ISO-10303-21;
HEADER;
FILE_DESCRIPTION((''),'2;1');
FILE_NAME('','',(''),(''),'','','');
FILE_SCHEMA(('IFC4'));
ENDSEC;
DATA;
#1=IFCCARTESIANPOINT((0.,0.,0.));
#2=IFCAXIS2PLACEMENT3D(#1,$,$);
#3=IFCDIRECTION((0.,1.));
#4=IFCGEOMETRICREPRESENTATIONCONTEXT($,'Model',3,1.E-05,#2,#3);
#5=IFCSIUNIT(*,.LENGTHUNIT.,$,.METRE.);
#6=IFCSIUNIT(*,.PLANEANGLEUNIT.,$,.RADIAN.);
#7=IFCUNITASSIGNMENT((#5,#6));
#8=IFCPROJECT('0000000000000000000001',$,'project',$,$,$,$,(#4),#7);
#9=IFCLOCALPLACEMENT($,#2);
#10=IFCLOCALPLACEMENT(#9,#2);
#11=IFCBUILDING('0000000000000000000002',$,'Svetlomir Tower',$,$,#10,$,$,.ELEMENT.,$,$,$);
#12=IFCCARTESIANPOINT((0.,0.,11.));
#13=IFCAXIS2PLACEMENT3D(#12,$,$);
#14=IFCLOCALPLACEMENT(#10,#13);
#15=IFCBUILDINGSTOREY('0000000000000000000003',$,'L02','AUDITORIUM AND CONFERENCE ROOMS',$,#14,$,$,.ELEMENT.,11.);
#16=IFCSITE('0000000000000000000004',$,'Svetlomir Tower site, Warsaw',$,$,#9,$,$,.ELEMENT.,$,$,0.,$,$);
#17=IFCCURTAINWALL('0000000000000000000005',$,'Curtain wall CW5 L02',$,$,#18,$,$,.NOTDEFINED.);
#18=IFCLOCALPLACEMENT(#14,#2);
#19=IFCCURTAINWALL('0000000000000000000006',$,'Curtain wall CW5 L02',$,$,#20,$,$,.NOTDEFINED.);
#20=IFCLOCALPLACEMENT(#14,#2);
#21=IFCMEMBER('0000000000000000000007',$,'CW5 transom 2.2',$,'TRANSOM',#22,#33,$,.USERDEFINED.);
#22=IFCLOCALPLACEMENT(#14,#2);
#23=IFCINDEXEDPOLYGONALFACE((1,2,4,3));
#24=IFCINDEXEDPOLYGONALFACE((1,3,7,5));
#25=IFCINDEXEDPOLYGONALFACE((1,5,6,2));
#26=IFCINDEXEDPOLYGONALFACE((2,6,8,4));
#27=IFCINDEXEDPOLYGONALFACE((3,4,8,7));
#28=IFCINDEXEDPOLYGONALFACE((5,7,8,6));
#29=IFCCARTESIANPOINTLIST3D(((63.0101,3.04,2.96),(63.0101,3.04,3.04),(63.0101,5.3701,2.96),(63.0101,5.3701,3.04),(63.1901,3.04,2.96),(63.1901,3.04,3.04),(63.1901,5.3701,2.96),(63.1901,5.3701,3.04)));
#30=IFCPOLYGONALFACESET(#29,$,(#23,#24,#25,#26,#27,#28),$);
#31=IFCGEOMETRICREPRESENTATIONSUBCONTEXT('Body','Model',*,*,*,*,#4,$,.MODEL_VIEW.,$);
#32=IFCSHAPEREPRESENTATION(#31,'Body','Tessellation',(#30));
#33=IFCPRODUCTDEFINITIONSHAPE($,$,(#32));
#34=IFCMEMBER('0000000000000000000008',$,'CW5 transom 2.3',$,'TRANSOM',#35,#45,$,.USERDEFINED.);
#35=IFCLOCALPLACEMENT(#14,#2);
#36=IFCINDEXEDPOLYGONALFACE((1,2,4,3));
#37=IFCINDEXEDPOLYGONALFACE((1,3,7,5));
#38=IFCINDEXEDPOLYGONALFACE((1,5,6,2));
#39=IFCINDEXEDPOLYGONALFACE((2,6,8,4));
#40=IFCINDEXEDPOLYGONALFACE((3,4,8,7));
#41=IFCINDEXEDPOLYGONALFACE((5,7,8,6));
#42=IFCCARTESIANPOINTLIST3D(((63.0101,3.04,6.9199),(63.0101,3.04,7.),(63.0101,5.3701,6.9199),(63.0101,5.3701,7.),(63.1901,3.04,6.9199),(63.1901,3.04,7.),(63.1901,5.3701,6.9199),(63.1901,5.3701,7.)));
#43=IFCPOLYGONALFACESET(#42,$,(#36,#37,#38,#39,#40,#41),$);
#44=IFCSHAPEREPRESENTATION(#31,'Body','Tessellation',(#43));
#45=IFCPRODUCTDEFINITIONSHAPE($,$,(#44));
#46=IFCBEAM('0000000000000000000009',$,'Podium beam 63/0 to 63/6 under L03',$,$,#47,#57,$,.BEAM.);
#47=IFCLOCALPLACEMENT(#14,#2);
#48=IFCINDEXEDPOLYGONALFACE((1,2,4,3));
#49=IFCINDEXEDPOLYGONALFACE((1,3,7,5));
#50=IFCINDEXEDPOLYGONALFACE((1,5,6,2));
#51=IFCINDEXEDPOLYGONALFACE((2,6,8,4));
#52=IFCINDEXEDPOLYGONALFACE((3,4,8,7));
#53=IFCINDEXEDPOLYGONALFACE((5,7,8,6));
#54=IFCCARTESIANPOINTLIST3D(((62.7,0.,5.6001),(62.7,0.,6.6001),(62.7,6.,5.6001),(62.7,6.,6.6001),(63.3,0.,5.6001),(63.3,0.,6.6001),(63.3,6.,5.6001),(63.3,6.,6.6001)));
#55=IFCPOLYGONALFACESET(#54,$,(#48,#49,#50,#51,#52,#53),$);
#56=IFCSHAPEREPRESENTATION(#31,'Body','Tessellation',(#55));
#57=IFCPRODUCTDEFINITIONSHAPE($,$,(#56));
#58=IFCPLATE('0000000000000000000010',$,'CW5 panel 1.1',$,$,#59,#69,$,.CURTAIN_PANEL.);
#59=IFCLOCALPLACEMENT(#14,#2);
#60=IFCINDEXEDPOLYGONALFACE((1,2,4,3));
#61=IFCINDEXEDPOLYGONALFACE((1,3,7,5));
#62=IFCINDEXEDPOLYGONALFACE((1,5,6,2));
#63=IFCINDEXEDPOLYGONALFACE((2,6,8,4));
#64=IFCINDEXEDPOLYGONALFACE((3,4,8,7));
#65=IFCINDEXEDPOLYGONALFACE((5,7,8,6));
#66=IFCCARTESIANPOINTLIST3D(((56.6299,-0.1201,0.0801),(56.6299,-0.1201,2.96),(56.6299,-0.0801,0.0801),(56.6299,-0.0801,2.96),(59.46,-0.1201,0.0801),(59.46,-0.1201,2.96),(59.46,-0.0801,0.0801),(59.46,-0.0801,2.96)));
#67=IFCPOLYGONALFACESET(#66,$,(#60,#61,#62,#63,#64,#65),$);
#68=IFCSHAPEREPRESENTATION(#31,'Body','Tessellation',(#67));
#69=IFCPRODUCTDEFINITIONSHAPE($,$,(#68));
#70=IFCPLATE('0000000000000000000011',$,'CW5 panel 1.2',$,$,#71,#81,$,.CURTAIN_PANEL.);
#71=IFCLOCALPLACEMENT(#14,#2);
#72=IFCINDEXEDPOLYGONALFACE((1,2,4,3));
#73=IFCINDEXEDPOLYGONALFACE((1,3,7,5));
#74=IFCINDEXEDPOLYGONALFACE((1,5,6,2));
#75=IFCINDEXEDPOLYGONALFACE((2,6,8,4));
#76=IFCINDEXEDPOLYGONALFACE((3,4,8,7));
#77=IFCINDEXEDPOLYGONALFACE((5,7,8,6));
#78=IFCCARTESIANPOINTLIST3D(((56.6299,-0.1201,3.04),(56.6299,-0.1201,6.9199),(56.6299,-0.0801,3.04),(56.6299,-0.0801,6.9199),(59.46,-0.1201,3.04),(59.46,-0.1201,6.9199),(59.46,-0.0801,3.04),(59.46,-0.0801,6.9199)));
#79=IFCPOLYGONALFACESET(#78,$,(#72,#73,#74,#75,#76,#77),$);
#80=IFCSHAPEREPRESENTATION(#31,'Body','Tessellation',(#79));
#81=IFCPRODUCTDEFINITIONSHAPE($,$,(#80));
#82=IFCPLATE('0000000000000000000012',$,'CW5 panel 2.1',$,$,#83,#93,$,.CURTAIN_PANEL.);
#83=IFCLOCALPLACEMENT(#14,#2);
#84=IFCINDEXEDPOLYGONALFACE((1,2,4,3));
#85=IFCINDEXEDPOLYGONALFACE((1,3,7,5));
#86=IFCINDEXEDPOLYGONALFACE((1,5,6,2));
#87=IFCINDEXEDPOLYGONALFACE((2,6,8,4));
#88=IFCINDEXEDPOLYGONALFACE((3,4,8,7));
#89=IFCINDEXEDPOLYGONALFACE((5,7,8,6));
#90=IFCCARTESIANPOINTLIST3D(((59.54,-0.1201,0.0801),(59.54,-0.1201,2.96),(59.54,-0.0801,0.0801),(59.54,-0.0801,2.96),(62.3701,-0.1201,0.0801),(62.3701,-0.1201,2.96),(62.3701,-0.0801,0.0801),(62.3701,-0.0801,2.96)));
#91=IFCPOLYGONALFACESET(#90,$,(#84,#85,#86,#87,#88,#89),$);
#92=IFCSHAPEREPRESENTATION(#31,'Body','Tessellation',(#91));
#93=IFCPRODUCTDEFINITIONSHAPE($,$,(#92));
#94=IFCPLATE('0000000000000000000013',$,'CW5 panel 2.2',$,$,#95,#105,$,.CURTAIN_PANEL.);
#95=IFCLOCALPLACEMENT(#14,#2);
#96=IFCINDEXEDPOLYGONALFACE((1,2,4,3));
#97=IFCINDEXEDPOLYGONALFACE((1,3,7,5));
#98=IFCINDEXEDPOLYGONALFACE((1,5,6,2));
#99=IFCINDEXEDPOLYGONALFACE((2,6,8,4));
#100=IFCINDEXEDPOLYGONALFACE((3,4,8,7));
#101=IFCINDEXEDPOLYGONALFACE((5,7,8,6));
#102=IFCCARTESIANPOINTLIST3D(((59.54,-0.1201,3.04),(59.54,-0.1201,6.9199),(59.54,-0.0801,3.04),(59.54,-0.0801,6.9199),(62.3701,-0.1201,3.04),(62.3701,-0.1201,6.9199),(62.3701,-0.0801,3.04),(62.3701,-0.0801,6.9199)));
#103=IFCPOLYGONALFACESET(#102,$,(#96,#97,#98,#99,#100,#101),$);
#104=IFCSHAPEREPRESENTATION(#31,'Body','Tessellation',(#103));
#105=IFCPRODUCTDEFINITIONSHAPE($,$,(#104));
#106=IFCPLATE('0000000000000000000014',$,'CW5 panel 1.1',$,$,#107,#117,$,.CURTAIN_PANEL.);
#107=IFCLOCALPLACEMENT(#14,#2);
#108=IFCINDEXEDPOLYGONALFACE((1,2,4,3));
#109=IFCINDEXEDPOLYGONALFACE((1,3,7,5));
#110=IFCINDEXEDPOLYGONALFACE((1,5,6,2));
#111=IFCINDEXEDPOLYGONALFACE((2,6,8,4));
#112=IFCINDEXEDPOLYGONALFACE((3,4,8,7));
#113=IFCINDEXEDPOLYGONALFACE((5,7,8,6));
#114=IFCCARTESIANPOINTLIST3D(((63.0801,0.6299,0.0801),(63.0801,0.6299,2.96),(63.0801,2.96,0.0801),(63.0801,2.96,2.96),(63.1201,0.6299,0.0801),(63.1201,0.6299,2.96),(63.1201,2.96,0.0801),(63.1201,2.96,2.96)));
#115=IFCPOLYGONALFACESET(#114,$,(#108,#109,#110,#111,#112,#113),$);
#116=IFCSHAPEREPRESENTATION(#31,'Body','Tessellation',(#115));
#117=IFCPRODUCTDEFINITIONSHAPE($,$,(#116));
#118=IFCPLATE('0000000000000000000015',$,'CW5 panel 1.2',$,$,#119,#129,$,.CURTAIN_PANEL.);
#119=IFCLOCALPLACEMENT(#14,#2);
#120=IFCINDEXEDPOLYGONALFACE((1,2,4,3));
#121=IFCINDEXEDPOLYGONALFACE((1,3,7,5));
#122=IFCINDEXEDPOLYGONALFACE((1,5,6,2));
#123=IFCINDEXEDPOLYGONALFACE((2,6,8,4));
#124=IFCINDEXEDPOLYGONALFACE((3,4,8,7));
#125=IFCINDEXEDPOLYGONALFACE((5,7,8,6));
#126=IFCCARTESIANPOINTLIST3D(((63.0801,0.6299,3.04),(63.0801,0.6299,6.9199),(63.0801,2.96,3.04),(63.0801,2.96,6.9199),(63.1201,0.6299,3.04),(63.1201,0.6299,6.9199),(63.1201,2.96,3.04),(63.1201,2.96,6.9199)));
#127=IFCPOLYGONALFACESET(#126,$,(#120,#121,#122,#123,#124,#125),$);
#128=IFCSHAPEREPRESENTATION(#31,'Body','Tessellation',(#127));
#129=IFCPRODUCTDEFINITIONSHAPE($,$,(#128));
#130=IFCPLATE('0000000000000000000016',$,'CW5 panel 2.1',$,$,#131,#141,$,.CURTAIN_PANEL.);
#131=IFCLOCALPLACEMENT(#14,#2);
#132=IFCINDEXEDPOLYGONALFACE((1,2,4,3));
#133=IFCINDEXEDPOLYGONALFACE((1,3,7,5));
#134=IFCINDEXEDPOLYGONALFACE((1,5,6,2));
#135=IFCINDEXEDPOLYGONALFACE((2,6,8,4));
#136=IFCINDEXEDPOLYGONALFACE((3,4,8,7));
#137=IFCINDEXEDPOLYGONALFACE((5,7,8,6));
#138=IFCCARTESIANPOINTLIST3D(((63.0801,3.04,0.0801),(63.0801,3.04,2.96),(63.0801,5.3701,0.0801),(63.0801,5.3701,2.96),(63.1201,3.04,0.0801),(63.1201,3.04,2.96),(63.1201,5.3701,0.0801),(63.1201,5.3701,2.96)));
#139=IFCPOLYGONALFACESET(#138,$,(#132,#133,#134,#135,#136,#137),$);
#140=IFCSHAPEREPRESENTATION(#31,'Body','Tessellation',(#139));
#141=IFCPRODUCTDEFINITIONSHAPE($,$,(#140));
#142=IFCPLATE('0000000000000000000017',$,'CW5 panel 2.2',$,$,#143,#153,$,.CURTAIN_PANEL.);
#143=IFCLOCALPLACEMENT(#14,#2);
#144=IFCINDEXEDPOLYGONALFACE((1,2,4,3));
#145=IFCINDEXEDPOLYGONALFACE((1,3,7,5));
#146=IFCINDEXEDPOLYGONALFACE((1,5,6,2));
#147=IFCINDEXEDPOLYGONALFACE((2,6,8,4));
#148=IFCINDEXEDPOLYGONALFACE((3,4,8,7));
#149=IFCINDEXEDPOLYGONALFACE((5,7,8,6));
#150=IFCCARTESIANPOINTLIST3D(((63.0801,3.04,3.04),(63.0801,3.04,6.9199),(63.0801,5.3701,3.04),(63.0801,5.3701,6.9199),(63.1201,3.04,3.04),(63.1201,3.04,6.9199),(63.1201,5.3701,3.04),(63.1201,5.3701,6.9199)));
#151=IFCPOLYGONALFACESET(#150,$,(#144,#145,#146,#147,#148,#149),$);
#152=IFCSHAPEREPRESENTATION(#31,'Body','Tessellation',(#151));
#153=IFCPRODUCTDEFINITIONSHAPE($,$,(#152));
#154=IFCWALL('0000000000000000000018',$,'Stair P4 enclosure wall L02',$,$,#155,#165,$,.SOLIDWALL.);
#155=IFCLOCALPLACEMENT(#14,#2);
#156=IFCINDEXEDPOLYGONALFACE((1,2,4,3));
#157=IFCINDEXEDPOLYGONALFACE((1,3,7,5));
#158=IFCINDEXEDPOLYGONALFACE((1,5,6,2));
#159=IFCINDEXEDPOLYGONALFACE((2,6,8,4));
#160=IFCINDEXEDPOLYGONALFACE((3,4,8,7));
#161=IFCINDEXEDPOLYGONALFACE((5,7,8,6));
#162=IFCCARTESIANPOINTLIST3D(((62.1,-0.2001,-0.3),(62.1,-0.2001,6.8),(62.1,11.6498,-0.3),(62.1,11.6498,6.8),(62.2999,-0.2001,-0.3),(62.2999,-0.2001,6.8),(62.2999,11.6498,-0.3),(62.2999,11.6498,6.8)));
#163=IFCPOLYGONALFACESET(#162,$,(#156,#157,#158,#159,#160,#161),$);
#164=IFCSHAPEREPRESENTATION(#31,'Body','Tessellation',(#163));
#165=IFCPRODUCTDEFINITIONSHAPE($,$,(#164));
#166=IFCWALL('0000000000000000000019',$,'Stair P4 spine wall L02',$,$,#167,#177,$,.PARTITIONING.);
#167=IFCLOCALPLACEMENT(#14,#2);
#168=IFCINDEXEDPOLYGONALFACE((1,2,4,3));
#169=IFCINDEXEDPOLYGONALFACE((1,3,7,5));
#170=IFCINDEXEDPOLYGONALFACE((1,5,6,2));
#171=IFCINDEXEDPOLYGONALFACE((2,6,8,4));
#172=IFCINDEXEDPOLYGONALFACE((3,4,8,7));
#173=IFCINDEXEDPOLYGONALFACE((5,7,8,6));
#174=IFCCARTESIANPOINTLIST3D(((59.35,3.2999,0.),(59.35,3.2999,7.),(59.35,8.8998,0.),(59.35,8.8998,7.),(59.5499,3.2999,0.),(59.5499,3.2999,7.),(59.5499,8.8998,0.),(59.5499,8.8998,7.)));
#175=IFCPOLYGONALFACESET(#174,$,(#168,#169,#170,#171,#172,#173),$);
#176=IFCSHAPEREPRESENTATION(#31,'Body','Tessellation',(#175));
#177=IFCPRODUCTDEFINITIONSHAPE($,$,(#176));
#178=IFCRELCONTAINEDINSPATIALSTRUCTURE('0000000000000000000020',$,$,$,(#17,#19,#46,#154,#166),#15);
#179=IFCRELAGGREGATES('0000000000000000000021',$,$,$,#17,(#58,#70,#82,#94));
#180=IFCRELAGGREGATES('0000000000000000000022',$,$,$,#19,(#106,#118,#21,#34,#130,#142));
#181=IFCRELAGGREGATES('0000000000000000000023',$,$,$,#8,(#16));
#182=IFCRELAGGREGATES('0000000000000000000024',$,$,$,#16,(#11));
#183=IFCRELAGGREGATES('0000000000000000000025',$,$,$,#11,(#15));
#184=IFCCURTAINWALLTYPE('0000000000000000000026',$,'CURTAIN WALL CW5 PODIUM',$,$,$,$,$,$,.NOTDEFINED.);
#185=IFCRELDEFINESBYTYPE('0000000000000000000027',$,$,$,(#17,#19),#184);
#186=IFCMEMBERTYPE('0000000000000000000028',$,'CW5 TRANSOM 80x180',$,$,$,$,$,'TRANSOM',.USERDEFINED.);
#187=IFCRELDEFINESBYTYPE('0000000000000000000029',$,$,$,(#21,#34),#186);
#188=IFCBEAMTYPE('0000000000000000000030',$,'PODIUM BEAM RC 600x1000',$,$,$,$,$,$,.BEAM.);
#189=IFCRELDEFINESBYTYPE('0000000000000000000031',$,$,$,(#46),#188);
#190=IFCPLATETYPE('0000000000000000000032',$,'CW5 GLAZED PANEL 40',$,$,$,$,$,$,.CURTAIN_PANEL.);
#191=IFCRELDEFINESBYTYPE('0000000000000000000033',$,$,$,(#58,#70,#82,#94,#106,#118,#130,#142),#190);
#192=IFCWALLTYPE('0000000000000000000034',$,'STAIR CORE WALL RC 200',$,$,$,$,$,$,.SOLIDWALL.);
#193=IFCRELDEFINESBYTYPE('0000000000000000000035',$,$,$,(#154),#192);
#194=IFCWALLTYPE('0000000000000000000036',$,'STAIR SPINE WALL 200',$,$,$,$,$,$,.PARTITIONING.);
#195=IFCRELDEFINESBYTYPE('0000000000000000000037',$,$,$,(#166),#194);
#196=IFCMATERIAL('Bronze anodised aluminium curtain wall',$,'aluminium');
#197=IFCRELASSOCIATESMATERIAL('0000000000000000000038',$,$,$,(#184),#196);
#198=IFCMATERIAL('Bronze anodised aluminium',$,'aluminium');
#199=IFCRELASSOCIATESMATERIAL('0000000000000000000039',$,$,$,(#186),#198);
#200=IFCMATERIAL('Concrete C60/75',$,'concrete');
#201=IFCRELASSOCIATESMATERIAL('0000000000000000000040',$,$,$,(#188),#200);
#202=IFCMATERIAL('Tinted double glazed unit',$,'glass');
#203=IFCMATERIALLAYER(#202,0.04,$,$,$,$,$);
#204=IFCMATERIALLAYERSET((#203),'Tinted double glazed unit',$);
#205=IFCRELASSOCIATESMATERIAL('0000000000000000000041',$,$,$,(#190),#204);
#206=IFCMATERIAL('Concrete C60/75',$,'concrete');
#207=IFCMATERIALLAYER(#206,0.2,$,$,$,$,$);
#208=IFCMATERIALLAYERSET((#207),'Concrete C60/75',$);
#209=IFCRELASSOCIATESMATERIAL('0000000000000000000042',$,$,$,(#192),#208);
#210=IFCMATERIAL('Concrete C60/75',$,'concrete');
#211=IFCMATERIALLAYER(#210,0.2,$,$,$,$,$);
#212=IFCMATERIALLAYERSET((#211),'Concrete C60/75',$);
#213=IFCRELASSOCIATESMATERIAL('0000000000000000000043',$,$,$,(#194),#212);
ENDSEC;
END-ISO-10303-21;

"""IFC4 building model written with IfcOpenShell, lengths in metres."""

from ifc_helpers import new_model, si_unit, direction, frame, frame_2d, origin, origin_2d, place, context, subcontext, project, spatial, rectangle, extrude, material, layer, layer_set, material_profile, profile_set, type_object, element, aggregate, save


model = new_model("IFC4")

# Units and contexts
model_context = context("Model", 3, precision=1e-05, world=origin(), true_north=direction((0.0, 1.0)))
body_context = subcontext(model_context, "Body", "Model", "MODEL_VIEW")
ifc_project = project(units=[si_unit("LENGTHUNIT", "METRE"), si_unit("PLANEANGLEUNIT", "RADIAN")], contexts=[model_context])

# Site, building, storey
site_placement = place(None, origin())
site = spatial("IfcSite", under=ifc_project, at=site_placement, Name="Svetlomir Tower site, Warsaw", CompositionType="ELEMENT", RefElevation=0.0)
building_placement = place(site_placement, origin())
building = spatial("IfcBuilding", under=site, at=building_placement, Name="Svetlomir Tower", CompositionType="ELEMENT")
storey_placement = place(building_placement, frame((0.0, 0.0, 11.0)))
storey = spatial("IfcBuildingStorey", under=building, at=storey_placement, Name="L02", Description="AUDITORIUM AND CONFERENCE ROOMS", CompositionType="ELEMENT", Elevation=11.0)

# Curtain walls
ifc_material_1 = material(Name="Bronze anodised aluminium curtain wall", Category="aluminium")
curtain_wall_type = type_object("IfcCurtainWallType", Name="CURTAIN WALL CW5 PODIUM", PredefinedType="NOTDEFINED", material=ifc_material_1)
curtain_wall_1_placement = place(storey_placement, origin())
curtain_wall_1 = element("IfcCurtainWall", 1, at=curtain_wall_1_placement, inside=storey, type_object=curtain_wall_type, Name="Curtain wall CW5 L02", PredefinedType="NOTDEFINED")
curtain_wall_2_placement = place(storey_placement, origin())
curtain_wall_2 = element("IfcCurtainWall", 2, at=curtain_wall_2_placement, inside=storey, type_object=curtain_wall_type, Name="Curtain wall CW5 L02", PredefinedType="NOTDEFINED")

# Members
ifc_material_2 = material(Name="Bronze anodised aluminium", Category="aluminium")
ifc_material_profile_1 = material_profile(ifc_material_2, rectangle(XDim=0.1799, YDim=0.0801, at=origin_2d()), Name="AL 180x80")
ifc_profile_set_1 = profile_set([ifc_material_profile_1], Name="Bronze anodised aluminium 6063-T6")
member_type_1 = type_object("IfcMemberType", Name="CW5 TRANSOM 80x180", ElementType="TRANSOM", PredefinedType="USERDEFINED", material=ifc_profile_set_1)
member_1_placement = place(storey_placement, frame((63.1001, 3.04, 3.0), z_axis=(0.0, 1.0, 0.0), x_axis=(-1.0, 0.0, 0.0)))
member_1 = element("IfcMember", 3, at=member_1_placement, type_object=member_type_1, Name="CW5 transom 2.2", ObjectType="TRANSOM", PredefinedType="USERDEFINED", context=body_context, shape_type="SweptSolid", body=[
    extrude(rectangle(XDim=0.1799, YDim=0.0801, at=origin_2d()), origin(), (0.0, 0.0, 1.0), 2.3301),
])
member_2_placement = place(storey_placement, frame((63.1001, 3.04, 6.96), z_axis=(0.0, 1.0, 0.0), x_axis=(-1.0, 0.0, 0.0)))
member_2 = element("IfcMember", 4, at=member_2_placement, type_object=member_type_1, Name="CW5 transom 2.3", ObjectType="TRANSOM", PredefinedType="USERDEFINED", context=body_context, shape_type="SweptSolid", body=[
    extrude(rectangle(XDim=0.1799, YDim=0.0801, at=origin_2d()), origin(), (0.0, 0.0, 1.0), 2.3301),
])

# Beam
ifc_material_3 = material(Name="Concrete C60/75", Category="concrete")
ifc_material_profile_2 = material_profile(ifc_material_3, rectangle(XDim=0.6001, YDim=1.0, at=origin_2d()), Name="RC 600x1000")
ifc_profile_set_2 = profile_set([ifc_material_profile_2], Name="Concrete C60/75")
beam_type = type_object("IfcBeamType", Name="PODIUM BEAM RC 600x1000", PredefinedType="BEAM", material=ifc_profile_set_2)
beam_placement = place(storey_placement, frame((63.0, 0.0, 6.1001), z_axis=(0.0, 1.0, 0.0), x_axis=(-1.0, 0.0, 0.0)))
element("IfcBeam", 5, at=beam_placement, inside=storey, type_object=beam_type, Name="Podium beam 63/0 to 63/6 under L03", PredefinedType="BEAM", context=body_context, shape_type="SweptSolid", body=[
    extrude(rectangle(XDim=0.6001, YDim=1.0, at=origin_2d()), origin(), (0.0, 0.0, 1.0), 6.0),
])

# Plates
ifc_material_4 = material(Name="Tinted double glazed unit", Category="glass")
ifc_layer_1 = layer(ifc_material_4, 0.04)
ifc_layer_set_1 = layer_set([ifc_layer_1], Name="Tinted double glazed unit")
plate_type = type_object("IfcPlateType", Name="CW5 GLAZED PANEL 40", PredefinedType="CURTAIN_PANEL", material=ifc_layer_set_1)
plate_1_placement = place(storey_placement, frame((58.0449, -0.1001, 0.0801), z_axis=(0.0, 0.0, 1.0), x_axis=(1.0, 0.0, 0.0)))
plate_1 = element("IfcPlate", 6, at=plate_1_placement, type_object=plate_type, Name="CW5 panel 1.1", PredefinedType="CURTAIN_PANEL", context=body_context, shape_type="SweptSolid", body=[
    extrude(rectangle(XDim=2.8301, YDim=0.04, at=origin_2d()), origin(), (0.0, 0.0, 1.0), 2.8799),
])
plate_2_placement = place(storey_placement, frame((58.0449, -0.1001, 3.04), z_axis=(0.0, 0.0, 1.0), x_axis=(1.0, 0.0, 0.0)))
plate_2 = element("IfcPlate", 7, at=plate_2_placement, type_object=plate_type, Name="CW5 panel 1.2", PredefinedType="CURTAIN_PANEL", context=body_context, shape_type="SweptSolid", body=[
    extrude(rectangle(XDim=2.8301, YDim=0.04, at=origin_2d()), origin(), (0.0, 0.0, 1.0), 3.8799),
])
plate_3_placement = place(storey_placement, frame((60.9551, -0.1001, 0.0801), z_axis=(0.0, 0.0, 1.0), x_axis=(1.0, 0.0, 0.0)))
plate_3 = element("IfcPlate", 8, at=plate_3_placement, type_object=plate_type, Name="CW5 panel 2.1", PredefinedType="CURTAIN_PANEL", context=body_context, shape_type="SweptSolid", body=[
    extrude(rectangle(XDim=2.8301, YDim=0.04, at=origin_2d()), origin(), (0.0, 0.0, 1.0), 2.8799),
])
plate_4_placement = place(storey_placement, frame((60.9551, -0.1001, 3.04), z_axis=(0.0, 0.0, 1.0), x_axis=(1.0, 0.0, 0.0)))
plate_4 = element("IfcPlate", 9, at=plate_4_placement, type_object=plate_type, Name="CW5 panel 2.2", PredefinedType="CURTAIN_PANEL", context=body_context, shape_type="SweptSolid", body=[
    extrude(rectangle(XDim=2.8301, YDim=0.04, at=origin_2d()), origin(), (0.0, 0.0, 1.0), 3.8799),
])
aggregate(curtain_wall_1, [plate_1, plate_2, plate_3, plate_4])
plate_5_placement = place(storey_placement, frame((63.1001, 1.7949, 0.0801), z_axis=(0.0, 0.0, 1.0), x_axis=(0.0, 1.0, 0.0)))
plate_5 = element("IfcPlate", 10, at=plate_5_placement, type_object=plate_type, Name="CW5 panel 1.1", PredefinedType="CURTAIN_PANEL", context=body_context, shape_type="SweptSolid", body=[
    extrude(rectangle(XDim=2.3301, YDim=0.04, at=origin_2d()), origin(), (0.0, 0.0, 1.0), 2.8799),
])
plate_6_placement = place(storey_placement, frame((63.1001, 1.7949, 3.04), z_axis=(0.0, 0.0, 1.0), x_axis=(0.0, 1.0, 0.0)))
plate_6 = element("IfcPlate", 11, at=plate_6_placement, type_object=plate_type, Name="CW5 panel 1.2", PredefinedType="CURTAIN_PANEL", context=body_context, shape_type="SweptSolid", body=[
    extrude(rectangle(XDim=2.3301, YDim=0.04, at=origin_2d()), origin(), (0.0, 0.0, 1.0), 3.8799),
])
plate_7_placement = place(storey_placement, frame((63.1001, 4.2051, 0.0801), z_axis=(0.0, 0.0, 1.0), x_axis=(0.0, 1.0, 0.0)))
plate_7 = element("IfcPlate", 12, at=plate_7_placement, type_object=plate_type, Name="CW5 panel 2.1", PredefinedType="CURTAIN_PANEL", context=body_context, shape_type="SweptSolid", body=[
    extrude(rectangle(XDim=2.3301, YDim=0.04, at=origin_2d()), origin(), (0.0, 0.0, 1.0), 2.8799),
])
plate_8_placement = place(storey_placement, frame((63.1001, 4.2051, 3.04), z_axis=(0.0, 0.0, 1.0), x_axis=(0.0, 1.0, 0.0)))
plate_8 = element("IfcPlate", 13, at=plate_8_placement, type_object=plate_type, Name="CW5 panel 2.2", PredefinedType="CURTAIN_PANEL", context=body_context, shape_type="SweptSolid", body=[
    extrude(rectangle(XDim=2.3301, YDim=0.04, at=origin_2d()), origin(), (0.0, 0.0, 1.0), 3.8799),
])
aggregate(curtain_wall_2, [plate_5, plate_6, member_1, member_2, plate_7, plate_8])

# Walls
ifc_material_5 = material(Name="Concrete C60/75", Category="concrete")
ifc_layer_2 = layer(ifc_material_5, 0.2)
ifc_layer_set_2 = layer_set([ifc_layer_2], Name="Concrete C60/75")
wall_type_1 = type_object("IfcWallType", Name="STAIR CORE WALL RC 200", PredefinedType="SOLIDWALL", material=ifc_layer_set_2)
wall_1_placement = place(storey_placement, frame((62.2, -0.2, -0.3), z_axis=(0.0, 0.0, 1.0), x_axis=(0.0, 1.0, 0.0)))
element("IfcWall", 14, at=wall_1_placement, inside=storey, type_object=wall_type_1, Name="Stair P4 enclosure wall L02", PredefinedType="SOLIDWALL", context=body_context, shape_type="SweptSolid", body=[
    extrude(rectangle(XDim=11.8499, YDim=0.2, at=frame_2d((5.9248, 0.0))), origin(), (0.0, 0.0, 1.0), 7.1001),
])
ifc_material_6 = material(Name="Concrete C60/75", Category="concrete")
ifc_layer_3 = layer(ifc_material_6, 0.2)
ifc_layer_set_3 = layer_set([ifc_layer_3], Name="Concrete C60/75")
wall_type_2 = type_object("IfcWallType", Name="STAIR SPINE WALL 200", PredefinedType="PARTITIONING", material=ifc_layer_set_3)
wall_2_placement = place(storey_placement, frame((59.45, 3.3, 0.0), z_axis=(0.0, 0.0, 1.0), x_axis=(0.0, 1.0, 0.0)))
element("IfcWall", 15, at=wall_2_placement, inside=storey, type_object=wall_type_2, Name="Stair P4 spine wall L02", PredefinedType="PARTITIONING", context=body_context, shape_type="SweptSolid", body=[
    extrude(rectangle(XDim=5.5999, YDim=0.2, at=frame_2d((2.7998, 0.0))), origin(), (0.0, 0.0, 1.0), 7.0),
])

save(model, "model.ifc")
